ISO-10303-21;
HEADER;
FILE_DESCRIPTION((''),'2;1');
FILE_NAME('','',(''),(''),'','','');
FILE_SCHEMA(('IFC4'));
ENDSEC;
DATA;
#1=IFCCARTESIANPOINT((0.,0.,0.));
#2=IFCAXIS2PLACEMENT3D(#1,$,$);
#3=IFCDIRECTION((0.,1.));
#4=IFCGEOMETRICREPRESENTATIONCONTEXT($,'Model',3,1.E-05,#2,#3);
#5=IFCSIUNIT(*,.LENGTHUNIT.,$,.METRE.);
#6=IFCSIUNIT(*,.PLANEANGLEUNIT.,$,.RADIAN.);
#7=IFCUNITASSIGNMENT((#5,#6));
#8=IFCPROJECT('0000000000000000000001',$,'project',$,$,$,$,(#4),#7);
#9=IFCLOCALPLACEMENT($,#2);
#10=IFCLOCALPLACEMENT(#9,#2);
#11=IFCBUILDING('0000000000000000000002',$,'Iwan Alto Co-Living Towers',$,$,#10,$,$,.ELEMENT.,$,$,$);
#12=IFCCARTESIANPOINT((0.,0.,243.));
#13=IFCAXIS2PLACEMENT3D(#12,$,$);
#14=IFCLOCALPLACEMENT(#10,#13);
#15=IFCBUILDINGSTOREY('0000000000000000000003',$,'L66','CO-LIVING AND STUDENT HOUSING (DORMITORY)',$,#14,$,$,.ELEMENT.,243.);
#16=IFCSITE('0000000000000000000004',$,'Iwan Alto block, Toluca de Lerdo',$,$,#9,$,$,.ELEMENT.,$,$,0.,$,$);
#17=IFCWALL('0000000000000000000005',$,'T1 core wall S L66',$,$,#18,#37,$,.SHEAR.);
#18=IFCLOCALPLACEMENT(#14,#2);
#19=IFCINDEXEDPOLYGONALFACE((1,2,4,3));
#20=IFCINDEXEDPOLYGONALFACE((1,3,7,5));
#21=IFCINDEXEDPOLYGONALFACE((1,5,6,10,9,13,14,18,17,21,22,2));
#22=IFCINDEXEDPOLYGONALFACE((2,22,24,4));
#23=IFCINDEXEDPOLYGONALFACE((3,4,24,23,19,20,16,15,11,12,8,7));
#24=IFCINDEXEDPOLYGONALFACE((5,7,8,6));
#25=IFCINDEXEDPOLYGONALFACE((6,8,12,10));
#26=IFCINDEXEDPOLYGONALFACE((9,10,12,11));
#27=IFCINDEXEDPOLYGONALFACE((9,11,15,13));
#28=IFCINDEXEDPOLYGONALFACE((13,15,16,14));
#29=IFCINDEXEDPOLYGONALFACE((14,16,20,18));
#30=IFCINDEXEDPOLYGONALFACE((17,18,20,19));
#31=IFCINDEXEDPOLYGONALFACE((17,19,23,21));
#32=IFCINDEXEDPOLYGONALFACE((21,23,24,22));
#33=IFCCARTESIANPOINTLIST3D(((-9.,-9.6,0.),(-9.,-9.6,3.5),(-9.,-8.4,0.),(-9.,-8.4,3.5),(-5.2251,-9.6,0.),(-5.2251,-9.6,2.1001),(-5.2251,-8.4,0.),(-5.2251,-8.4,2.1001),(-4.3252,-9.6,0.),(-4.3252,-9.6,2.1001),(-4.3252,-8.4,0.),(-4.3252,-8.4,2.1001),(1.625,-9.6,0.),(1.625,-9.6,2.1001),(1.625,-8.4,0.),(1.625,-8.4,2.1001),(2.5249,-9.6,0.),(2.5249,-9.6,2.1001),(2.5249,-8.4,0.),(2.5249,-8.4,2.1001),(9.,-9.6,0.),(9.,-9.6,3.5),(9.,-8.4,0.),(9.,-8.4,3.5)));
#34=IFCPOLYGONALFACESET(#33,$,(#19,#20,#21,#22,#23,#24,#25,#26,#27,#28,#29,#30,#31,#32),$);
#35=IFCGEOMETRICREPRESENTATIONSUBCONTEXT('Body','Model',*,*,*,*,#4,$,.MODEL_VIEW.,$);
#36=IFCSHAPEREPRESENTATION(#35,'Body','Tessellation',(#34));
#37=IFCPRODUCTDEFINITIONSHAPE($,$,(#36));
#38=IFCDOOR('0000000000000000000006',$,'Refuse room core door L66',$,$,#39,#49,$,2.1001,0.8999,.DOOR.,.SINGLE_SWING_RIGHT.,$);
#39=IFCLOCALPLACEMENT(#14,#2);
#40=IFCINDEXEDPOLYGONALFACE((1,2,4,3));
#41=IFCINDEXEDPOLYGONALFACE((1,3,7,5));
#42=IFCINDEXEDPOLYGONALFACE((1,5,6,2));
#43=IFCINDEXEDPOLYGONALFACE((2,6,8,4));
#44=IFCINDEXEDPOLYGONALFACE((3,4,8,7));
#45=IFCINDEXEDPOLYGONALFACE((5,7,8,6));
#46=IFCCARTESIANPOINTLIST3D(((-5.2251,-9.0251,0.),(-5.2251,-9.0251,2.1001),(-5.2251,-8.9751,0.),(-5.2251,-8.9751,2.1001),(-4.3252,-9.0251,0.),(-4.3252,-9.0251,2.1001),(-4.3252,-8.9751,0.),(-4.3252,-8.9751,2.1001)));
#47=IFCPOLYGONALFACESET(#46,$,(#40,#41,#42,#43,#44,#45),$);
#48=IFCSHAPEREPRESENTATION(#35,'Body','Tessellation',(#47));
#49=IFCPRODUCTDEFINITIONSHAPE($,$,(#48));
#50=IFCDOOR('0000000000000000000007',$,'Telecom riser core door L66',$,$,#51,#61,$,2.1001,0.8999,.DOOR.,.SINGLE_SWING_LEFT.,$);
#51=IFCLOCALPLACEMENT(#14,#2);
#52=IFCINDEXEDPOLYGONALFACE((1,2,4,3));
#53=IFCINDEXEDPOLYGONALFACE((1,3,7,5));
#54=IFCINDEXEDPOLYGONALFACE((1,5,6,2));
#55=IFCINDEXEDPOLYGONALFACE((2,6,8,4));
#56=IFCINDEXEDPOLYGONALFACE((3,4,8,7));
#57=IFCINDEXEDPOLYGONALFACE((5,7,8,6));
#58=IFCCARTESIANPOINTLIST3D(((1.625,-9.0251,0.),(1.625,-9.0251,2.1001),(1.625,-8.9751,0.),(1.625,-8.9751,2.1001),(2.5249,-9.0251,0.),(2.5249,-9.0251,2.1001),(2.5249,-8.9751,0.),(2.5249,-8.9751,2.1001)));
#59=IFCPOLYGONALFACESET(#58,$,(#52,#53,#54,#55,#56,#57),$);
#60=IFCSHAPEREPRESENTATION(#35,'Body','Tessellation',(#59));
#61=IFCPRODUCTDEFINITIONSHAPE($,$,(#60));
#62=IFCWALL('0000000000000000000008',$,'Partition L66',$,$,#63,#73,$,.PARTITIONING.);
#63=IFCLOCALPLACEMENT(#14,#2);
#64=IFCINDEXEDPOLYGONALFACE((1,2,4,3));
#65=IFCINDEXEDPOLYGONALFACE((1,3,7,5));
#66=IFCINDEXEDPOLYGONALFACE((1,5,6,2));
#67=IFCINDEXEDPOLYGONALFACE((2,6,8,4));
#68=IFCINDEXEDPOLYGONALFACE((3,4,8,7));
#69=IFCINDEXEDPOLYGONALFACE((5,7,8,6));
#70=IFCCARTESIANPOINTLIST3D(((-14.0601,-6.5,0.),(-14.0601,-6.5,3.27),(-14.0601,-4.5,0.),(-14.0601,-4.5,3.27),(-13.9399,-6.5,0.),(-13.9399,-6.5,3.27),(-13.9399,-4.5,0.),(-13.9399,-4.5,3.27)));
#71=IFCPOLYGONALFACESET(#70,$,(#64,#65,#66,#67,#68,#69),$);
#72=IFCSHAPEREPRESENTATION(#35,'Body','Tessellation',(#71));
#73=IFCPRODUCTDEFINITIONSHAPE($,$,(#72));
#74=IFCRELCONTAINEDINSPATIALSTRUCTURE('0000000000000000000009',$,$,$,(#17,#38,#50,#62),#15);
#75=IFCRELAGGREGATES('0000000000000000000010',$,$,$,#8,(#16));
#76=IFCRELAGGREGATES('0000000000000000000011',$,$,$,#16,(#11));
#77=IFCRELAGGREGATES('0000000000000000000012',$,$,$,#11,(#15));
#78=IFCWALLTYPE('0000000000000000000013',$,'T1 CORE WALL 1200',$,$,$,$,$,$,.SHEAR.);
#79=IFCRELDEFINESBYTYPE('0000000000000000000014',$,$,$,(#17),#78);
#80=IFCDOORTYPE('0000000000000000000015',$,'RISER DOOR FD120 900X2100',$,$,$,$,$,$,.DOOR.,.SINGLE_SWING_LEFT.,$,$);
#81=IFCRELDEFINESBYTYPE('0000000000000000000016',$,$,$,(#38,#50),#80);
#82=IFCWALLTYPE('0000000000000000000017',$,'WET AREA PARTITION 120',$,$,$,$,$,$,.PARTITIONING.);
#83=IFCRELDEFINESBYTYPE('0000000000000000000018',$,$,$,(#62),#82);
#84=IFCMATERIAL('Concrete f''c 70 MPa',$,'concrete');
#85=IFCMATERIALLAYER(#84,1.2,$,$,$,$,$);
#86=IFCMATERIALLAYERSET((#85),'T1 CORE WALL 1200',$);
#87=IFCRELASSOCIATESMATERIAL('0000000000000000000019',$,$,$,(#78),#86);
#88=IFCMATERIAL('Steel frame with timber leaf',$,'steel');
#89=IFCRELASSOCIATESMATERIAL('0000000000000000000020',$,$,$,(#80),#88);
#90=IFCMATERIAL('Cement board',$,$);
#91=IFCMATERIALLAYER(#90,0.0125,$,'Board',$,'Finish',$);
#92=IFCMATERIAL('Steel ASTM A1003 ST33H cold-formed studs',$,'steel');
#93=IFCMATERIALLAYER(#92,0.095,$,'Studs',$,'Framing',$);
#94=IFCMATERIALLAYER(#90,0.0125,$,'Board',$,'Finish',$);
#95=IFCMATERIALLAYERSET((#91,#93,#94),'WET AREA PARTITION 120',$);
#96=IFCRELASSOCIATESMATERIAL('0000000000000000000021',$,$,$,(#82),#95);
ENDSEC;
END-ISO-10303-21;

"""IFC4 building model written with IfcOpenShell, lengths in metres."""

from ifc_helpers import new_model, si_unit, direction, frame, frame_2d, origin, place, context, subcontext, project, spatial, rectangle, extrude, material, layer, layer_set, type_object, element, fill, save


model = new_model("IFC4")

# Units and contexts
model_context = context("Model", 3, precision=1e-05, world=origin(), true_north=direction((0.0, 1.0)))
body_context = subcontext(model_context, "Body", "Model", "MODEL_VIEW")
ifc_project = project(units=[si_unit("LENGTHUNIT", "METRE"), si_unit("PLANEANGLEUNIT", "RADIAN")], contexts=[model_context])

# Site, building, storey
site_placement = place(None, origin())
site = spatial("IfcSite", under=ifc_project, at=site_placement, Name="Iwan Alto block, Toluca de Lerdo", CompositionType="ELEMENT", RefElevation=0.0)
building_placement = place(site_placement, origin())
building = spatial("IfcBuilding", under=site, at=building_placement, Name="Iwan Alto Co-Living Towers", CompositionType="ELEMENT")
storey_placement = place(building_placement, frame((0.0, 0.0, 243.0)))
storey = spatial("IfcBuildingStorey", under=building, at=storey_placement, Name="L66", Description="CO-LIVING AND STUDENT HOUSING (DORMITORY)", CompositionType="ELEMENT", Elevation=243.0)

# Shared definitions
ifc_material_1 = material(Name="Steel ASTM A1003 ST33H cold-formed studs", Category="steel")

# Wall, openings, doors
ifc_material_2 = material(Name="Concrete f'c 70 MPa", Category="concrete")
ifc_layer_1 = layer(ifc_material_2, 1.2)
ifc_layer_set_1 = layer_set([ifc_layer_1], Name="T1 CORE WALL 1200")
wall_type_1 = type_object("IfcWallType", Name="T1 CORE WALL 1200", PredefinedType="SHEAR", material=ifc_layer_set_1)
wall_1_placement = place(storey_placement, frame((-9.0, -9.0, 0.0), z_axis=(0.0, 0.0, 1.0), x_axis=(1.0, 0.0, 0.0)))
wall_1 = element("IfcWall", 1, at=wall_1_placement, inside=storey, type_object=wall_type_1, Name="T1 core wall S L66", PredefinedType="SHEAR", context=body_context, shape_type="SweptSolid", body=[
    extrude(rectangle(XDim=18.0, YDim=1.2, at=frame_2d((9.0, 0.0))), origin(), (0.0, 0.0, 1.0), 3.5),
])
opening_1_placement = place(wall_1_placement, frame((3.7749, 0.0, 0.0)))
opening_1 = element("IfcOpeningElement", 2, at=opening_1_placement, cuts=wall_1, PredefinedType="OPENING", context=body_context, shape_type="SweptSolid", body=[
    extrude(rectangle(XDim=0.8999, YDim=2.1001, at=frame_2d((0.45, 1.05))), frame((0.0, 0.6099, 0.0), z_axis=(0.0, -1.0, 0.0), x_axis=(1.0, 0.0, 0.0)), (0.0, 0.0, 1.0), 1.22),
])
opening_2_placement = place(wall_1_placement, frame((10.625, 0.0, 0.0)))
opening_2 = element("IfcOpeningElement", 3, at=opening_2_placement, cuts=wall_1, PredefinedType="OPENING", context=body_context, shape_type="SweptSolid", body=[
    extrude(rectangle(XDim=0.8999, YDim=2.1001, at=frame_2d((0.45, 1.05))), frame((0.0, 0.6099, 0.0), z_axis=(0.0, -1.0, 0.0), x_axis=(1.0, 0.0, 0.0)), (0.0, 0.0, 1.0), 1.22),
])
ifc_material_3 = material(Name="Steel frame with timber leaf", Category="steel")
door_type_1 = type_object("IfcDoorType", Name="RISER DOOR FD120 900X2100", OperationType="SINGLE_SWING_LEFT", PredefinedType="DOOR", material=ifc_material_3)
door_1_placement = place(opening_1_placement, origin())
door_1 = element("IfcDoor", 4, at=door_1_placement, inside=storey, type_object=door_type_1, Name="Refuse room core door L66", OperationType="SINGLE_SWING_RIGHT", OverallHeight=2.1001, OverallWidth=0.8999, PredefinedType="DOOR", context=body_context, shape_type="SweptSolid", body=[
    extrude(rectangle(XDim=0.8999, YDim=2.1001, at=frame_2d((0.45, 1.05))), frame((0.0, 0.0249, 0.0), z_axis=(0.0, -1.0, 0.0), x_axis=(1.0, 0.0, 0.0)), (0.0, 0.0, 1.0), 0.05),
])
fill(opening_1, door_1)
door_2_placement = place(opening_2_placement, origin())
door_2 = element("IfcDoor", 5, at=door_2_placement, inside=storey, type_object=door_type_1, Name="Telecom riser core door L66", OperationType="SINGLE_SWING_LEFT", OverallHeight=2.1001, OverallWidth=0.8999, PredefinedType="DOOR", context=body_context, shape_type="SweptSolid", body=[
    extrude(rectangle(XDim=0.8999, YDim=2.1001, at=frame_2d((0.45, 1.05))), frame((0.0, 0.0249, 0.0), z_axis=(0.0, -1.0, 0.0), x_axis=(1.0, 0.0, 0.0)), (0.0, 0.0, 1.0), 0.05),
])
fill(opening_2, door_2)

# Wall
ifc_material_4 = material(Name="Cement board")
ifc_layer_2 = layer(ifc_material_4, 0.0125, Name="Board", Category="Finish")
ifc_layer_3 = layer(ifc_material_1, 0.095, Name="Studs", Category="Framing")
ifc_layer_4 = layer(ifc_material_4, 0.0125, Name="Board", Category="Finish")
ifc_layer_set_2 = layer_set([ifc_layer_2, ifc_layer_3, ifc_layer_4], Name="WET AREA PARTITION 120")
wall_type_2 = type_object("IfcWallType", Name="WET AREA PARTITION 120", PredefinedType="PARTITIONING", material=ifc_layer_set_2)
wall_2_placement = place(storey_placement, frame((-14.0, -6.5, 0.0), z_axis=(0.0, 0.0, 1.0), x_axis=(0.0, 1.0, 0.0)))
element("IfcWall", 6, at=wall_2_placement, inside=storey, type_object=wall_type_2, Name="Partition L66", PredefinedType="PARTITIONING", context=body_context, shape_type="SweptSolid", body=[
    extrude(rectangle(XDim=2.0, YDim=0.1201, at=frame_2d((1.0, 0.0))), origin(), (0.0, 0.0, 1.0), 3.27),
])

save(model, "model.ifc")
